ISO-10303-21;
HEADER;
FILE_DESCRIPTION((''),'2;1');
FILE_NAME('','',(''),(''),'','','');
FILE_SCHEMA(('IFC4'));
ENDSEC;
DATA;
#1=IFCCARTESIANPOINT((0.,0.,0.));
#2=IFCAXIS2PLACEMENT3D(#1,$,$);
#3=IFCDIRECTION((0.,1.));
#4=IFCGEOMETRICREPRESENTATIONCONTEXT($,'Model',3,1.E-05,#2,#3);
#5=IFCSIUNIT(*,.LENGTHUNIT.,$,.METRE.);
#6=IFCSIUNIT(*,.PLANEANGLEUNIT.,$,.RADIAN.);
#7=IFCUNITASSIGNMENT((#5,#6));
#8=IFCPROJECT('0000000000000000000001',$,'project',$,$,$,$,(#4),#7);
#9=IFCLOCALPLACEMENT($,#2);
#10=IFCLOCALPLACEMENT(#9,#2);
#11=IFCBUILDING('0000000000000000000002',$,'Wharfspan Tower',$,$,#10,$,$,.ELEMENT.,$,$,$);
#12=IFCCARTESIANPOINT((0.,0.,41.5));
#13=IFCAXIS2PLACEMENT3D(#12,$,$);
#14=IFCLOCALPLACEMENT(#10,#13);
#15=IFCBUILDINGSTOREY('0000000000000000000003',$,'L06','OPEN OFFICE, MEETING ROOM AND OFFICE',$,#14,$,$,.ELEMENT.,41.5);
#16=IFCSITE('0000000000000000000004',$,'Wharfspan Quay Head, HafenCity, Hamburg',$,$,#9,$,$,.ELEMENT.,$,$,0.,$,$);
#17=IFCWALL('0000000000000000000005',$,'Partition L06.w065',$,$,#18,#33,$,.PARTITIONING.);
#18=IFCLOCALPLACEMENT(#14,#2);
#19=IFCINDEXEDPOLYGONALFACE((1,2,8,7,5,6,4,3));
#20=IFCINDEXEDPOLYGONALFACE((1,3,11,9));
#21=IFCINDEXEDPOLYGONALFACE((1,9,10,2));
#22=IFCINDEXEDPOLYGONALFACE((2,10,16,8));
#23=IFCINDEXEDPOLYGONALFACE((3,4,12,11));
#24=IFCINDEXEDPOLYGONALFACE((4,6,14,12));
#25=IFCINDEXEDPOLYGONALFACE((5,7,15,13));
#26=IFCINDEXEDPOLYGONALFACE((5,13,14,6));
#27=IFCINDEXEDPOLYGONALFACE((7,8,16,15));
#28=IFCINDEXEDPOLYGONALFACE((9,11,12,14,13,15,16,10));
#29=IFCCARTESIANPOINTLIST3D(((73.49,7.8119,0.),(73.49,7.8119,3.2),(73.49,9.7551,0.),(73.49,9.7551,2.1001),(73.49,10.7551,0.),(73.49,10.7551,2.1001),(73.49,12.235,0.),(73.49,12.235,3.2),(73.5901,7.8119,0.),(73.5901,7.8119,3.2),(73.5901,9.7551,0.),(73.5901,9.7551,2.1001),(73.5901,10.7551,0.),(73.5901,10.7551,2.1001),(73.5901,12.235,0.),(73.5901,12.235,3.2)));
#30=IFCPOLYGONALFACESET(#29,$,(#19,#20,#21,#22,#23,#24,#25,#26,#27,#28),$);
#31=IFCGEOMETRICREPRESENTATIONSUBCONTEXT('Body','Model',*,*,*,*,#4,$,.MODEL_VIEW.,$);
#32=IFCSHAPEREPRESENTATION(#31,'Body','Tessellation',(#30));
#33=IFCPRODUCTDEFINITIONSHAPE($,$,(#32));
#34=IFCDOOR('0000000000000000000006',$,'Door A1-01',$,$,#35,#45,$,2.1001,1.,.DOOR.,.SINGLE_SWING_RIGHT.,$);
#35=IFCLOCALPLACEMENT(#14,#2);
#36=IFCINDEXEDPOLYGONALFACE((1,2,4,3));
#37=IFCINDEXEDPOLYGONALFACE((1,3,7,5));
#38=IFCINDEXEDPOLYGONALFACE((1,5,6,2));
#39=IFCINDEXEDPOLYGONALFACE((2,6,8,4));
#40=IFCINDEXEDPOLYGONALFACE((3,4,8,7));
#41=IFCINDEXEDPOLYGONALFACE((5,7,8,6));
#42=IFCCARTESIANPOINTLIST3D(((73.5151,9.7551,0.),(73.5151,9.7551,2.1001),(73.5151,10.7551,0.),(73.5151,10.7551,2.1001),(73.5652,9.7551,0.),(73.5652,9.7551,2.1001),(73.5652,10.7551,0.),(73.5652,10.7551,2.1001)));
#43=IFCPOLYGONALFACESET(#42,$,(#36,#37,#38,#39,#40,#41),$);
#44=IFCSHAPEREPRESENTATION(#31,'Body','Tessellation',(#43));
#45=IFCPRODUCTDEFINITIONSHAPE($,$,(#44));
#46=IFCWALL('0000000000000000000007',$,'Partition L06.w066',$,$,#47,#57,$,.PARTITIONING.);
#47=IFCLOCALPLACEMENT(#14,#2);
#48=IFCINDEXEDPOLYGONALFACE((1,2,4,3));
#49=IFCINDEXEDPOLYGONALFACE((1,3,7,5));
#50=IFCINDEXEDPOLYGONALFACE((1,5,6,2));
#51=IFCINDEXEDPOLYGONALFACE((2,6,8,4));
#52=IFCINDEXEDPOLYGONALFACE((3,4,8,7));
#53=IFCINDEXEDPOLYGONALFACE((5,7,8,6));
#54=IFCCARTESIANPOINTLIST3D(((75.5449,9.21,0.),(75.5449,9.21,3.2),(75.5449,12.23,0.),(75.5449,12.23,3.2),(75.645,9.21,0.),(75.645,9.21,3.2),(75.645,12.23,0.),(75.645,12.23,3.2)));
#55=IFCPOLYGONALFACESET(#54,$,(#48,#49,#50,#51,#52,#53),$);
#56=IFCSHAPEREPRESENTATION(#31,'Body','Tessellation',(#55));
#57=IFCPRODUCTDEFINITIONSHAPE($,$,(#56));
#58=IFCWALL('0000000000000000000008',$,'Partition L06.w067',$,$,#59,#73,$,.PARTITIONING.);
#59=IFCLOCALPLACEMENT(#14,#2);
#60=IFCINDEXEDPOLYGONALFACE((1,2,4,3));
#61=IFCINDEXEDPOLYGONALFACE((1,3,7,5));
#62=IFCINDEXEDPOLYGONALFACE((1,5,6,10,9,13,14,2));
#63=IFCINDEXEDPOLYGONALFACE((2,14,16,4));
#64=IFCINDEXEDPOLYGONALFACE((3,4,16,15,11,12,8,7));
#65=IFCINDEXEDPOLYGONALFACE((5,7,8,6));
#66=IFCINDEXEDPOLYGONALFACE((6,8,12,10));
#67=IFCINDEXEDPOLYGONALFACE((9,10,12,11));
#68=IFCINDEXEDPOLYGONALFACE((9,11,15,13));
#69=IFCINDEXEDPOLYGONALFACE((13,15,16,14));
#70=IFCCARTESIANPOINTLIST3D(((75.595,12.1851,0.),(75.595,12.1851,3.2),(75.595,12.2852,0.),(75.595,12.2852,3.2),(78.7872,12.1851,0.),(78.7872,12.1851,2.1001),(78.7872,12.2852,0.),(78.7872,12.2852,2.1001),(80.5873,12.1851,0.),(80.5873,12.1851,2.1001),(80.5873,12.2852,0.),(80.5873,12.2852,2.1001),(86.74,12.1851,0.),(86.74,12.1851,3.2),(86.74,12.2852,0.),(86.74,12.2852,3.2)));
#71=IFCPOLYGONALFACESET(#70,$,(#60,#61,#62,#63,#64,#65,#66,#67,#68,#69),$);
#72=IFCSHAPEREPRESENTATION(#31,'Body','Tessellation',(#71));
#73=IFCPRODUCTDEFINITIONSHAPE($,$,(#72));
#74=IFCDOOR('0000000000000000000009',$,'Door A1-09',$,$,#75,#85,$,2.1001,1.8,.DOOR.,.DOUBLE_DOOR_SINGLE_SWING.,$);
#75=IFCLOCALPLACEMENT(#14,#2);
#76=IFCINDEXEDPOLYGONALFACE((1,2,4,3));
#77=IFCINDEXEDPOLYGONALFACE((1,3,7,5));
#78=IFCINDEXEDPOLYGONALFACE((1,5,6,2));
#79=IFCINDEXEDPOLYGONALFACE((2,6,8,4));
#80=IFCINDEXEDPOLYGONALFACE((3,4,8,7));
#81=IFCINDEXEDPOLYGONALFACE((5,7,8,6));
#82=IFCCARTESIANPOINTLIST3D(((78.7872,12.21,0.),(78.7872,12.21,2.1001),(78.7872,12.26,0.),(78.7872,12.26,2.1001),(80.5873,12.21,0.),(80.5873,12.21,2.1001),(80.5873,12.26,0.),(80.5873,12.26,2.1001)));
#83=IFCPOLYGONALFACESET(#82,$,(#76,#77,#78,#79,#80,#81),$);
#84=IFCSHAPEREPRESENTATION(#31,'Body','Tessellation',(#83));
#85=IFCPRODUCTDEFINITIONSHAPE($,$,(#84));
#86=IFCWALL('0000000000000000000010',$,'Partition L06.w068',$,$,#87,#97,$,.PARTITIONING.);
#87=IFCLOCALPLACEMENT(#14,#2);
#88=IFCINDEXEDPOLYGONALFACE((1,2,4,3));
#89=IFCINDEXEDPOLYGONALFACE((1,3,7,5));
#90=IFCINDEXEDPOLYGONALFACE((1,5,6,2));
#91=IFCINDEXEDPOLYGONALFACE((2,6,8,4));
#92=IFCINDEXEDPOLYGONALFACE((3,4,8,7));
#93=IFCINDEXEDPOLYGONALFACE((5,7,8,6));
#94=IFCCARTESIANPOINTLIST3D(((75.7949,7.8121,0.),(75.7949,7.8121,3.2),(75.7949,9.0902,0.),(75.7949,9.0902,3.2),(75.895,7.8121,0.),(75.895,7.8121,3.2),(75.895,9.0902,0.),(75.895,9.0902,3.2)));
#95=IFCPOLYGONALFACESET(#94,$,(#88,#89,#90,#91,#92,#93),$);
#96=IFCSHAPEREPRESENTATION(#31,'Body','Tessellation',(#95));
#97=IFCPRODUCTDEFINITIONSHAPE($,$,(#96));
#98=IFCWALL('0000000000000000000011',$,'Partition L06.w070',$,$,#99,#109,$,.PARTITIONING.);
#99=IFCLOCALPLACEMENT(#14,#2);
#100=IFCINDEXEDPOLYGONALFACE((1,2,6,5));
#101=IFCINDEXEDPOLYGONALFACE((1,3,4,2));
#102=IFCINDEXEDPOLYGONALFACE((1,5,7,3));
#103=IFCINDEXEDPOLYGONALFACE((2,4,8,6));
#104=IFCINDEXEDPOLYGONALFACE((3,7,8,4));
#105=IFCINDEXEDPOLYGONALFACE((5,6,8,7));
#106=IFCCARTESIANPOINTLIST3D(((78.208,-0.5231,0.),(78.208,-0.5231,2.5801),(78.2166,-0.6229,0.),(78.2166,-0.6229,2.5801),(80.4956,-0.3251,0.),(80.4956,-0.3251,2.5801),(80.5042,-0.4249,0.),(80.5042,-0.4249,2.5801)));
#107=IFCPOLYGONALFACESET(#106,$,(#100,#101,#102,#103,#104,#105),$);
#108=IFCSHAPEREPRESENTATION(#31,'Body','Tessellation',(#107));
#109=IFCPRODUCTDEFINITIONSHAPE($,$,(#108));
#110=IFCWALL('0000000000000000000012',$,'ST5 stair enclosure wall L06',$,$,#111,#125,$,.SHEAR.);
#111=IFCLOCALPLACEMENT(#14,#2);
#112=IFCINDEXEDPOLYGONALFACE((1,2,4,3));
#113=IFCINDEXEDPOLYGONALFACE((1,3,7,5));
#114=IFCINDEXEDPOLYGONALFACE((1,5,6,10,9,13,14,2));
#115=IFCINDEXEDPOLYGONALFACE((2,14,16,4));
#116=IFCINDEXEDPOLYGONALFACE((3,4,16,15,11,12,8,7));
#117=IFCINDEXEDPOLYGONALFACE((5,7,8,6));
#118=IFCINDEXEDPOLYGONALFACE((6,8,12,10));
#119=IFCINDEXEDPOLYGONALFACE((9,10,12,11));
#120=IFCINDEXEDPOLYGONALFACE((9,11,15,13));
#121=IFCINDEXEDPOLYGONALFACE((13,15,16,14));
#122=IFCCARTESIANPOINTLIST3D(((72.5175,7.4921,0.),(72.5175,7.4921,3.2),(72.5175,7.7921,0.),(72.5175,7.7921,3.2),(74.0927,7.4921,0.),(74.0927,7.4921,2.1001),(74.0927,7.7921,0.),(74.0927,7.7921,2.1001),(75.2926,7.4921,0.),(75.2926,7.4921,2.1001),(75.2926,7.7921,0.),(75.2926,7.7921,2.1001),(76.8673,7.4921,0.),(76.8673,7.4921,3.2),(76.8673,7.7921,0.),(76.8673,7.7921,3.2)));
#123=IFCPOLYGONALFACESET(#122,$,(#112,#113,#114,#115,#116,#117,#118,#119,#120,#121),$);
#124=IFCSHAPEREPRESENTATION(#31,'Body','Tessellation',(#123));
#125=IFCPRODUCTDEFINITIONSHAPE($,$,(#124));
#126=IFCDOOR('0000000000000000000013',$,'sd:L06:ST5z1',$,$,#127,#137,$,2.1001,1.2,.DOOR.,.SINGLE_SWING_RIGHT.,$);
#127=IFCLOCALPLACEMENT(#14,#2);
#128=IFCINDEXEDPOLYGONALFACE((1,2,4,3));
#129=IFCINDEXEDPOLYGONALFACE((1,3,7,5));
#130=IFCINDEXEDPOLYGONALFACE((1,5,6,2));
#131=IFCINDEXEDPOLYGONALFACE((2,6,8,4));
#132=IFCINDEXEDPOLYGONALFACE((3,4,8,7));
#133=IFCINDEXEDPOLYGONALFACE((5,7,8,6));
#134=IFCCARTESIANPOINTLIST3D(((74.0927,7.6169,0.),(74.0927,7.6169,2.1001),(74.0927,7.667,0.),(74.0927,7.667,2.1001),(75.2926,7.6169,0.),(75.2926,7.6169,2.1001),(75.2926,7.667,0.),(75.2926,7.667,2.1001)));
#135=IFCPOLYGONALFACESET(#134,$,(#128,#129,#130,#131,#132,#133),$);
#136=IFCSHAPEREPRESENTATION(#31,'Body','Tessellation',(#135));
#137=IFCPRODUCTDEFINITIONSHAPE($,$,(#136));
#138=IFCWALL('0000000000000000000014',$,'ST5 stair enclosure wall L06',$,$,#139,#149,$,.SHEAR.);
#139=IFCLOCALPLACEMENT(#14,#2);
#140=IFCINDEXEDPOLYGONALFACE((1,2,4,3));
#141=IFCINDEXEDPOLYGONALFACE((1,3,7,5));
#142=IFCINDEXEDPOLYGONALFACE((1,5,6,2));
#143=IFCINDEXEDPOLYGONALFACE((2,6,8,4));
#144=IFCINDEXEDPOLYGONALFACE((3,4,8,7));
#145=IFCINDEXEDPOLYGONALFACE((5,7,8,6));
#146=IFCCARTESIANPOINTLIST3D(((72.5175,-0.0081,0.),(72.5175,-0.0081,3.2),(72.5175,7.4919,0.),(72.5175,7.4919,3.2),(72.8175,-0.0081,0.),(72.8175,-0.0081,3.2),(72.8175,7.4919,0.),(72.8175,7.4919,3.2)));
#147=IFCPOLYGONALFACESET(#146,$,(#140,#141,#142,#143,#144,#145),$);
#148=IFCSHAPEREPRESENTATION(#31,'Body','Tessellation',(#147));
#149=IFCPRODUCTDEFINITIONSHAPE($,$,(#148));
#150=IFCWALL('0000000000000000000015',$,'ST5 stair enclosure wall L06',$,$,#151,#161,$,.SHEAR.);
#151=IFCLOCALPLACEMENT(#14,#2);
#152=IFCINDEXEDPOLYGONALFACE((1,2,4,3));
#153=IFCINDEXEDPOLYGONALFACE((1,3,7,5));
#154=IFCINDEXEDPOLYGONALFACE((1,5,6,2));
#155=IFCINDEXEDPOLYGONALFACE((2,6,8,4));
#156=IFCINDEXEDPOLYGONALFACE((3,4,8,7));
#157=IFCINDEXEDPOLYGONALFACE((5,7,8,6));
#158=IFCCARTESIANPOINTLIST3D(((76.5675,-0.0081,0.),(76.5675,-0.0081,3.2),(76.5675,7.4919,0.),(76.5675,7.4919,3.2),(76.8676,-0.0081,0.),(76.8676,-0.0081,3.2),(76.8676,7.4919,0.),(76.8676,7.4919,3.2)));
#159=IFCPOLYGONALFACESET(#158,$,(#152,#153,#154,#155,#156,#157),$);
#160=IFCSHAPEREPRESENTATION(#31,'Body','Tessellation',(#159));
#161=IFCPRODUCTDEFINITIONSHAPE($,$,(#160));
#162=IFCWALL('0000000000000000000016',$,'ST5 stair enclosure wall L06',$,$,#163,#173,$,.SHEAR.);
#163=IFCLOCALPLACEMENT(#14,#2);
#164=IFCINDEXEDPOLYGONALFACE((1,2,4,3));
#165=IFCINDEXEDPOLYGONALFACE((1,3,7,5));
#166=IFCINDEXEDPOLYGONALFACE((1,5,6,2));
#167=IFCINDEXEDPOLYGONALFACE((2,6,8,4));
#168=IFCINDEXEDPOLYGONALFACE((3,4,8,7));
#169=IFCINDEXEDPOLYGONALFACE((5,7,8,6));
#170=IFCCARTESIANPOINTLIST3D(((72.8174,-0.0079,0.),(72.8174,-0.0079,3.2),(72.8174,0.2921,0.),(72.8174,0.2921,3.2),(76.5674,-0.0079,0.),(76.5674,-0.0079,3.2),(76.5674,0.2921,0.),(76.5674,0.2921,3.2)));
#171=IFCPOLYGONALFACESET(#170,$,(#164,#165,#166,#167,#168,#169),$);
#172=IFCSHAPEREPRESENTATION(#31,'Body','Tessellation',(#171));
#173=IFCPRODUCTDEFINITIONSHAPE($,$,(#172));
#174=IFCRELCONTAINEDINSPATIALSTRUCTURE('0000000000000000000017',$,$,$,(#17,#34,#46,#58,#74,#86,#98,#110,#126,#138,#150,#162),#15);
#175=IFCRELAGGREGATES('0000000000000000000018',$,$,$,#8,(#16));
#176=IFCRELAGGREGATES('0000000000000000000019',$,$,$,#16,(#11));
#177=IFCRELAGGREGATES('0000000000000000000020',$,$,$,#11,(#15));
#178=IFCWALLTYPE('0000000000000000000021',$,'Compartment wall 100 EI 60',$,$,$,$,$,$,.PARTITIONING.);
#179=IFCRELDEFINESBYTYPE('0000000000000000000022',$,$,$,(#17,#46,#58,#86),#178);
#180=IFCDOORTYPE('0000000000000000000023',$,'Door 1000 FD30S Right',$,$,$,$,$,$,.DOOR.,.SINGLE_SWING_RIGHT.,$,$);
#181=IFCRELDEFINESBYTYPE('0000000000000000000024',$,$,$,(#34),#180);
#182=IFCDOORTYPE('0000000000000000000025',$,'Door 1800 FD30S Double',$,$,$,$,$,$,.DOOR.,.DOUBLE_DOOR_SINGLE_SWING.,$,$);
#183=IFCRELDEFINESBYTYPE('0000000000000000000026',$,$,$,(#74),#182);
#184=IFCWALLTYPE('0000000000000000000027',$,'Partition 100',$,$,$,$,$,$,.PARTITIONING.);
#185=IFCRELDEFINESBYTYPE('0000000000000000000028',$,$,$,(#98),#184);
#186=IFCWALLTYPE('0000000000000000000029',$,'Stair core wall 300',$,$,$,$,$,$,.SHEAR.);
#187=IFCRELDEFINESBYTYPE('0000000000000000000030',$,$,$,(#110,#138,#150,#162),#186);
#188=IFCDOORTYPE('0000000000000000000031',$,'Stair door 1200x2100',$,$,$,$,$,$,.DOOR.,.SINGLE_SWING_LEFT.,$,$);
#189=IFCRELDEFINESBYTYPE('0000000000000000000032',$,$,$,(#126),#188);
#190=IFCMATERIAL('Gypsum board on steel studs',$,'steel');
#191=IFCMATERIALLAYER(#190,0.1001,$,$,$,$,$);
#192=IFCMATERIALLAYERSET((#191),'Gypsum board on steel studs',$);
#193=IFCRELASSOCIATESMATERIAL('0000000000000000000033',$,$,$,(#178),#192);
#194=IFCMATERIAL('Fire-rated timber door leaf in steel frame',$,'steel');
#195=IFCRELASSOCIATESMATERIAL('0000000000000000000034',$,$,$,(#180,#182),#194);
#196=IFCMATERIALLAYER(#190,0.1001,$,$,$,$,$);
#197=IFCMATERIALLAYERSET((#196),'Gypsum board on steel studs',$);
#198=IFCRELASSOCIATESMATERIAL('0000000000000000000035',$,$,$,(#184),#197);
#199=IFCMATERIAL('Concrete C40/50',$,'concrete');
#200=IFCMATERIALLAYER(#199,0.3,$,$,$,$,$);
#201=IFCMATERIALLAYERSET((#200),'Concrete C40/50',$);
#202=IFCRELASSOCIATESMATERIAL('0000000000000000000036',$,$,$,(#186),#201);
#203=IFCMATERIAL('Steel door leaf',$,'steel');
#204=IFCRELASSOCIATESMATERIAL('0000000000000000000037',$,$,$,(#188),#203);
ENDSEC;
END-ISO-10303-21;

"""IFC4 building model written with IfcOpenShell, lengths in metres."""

from ifc_helpers import new_model, si_unit, direction, frame, frame_2d, origin, place, context, subcontext, project, spatial, rectangle, extrude, material, layer, layer_set, type_object, element, fill, save


model = new_model("IFC4")

# Units and contexts
model_context = context("Model", 3, precision=1e-05, world=origin(), true_north=direction((0.0, 1.0)))
body_context = subcontext(model_context, "Body", "Model", "MODEL_VIEW")
ifc_project = project(units=[si_unit("LENGTHUNIT", "METRE"), si_unit("PLANEANGLEUNIT", "RADIAN")], contexts=[model_context])

# Site, building, storey
site_placement = place(None, origin())
site = spatial("IfcSite", under=ifc_project, at=site_placement, Name="Wharfspan Quay Head, HafenCity, Hamburg", CompositionType="ELEMENT", RefElevation=0.0)
building_placement = place(site_placement, origin())
building = spatial("IfcBuilding", under=site, at=building_placement, Name="Wharfspan Tower", CompositionType="ELEMENT")
storey_placement = place(building_placement, frame((0.0, 0.0, 41.5)))
storey = spatial("IfcBuildingStorey", under=building, at=storey_placement, Name="L06", Description="OPEN OFFICE, MEETING ROOM AND OFFICE", CompositionType="ELEMENT", Elevation=41.5)

# Wall, opening, door
ifc_material_1 = material(Name="Gypsum board on steel studs", Category="steel")
ifc_layer_1 = layer(ifc_material_1, 0.1001)
ifc_layer_set_1 = layer_set([ifc_layer_1], Name="Gypsum board on steel studs")
wall_type_1 = type_object("IfcWallType", Name="Compartment wall 100 EI 60", PredefinedType="PARTITIONING", material=ifc_layer_set_1)
wall_1_placement = place(storey_placement, frame((73.54, 7.812, 0.0), z_axis=(0.0, 0.0, 1.0), x_axis=(0.0, 1.0, 0.0)))
wall_1 = element("IfcWall", 1, at=wall_1_placement, inside=storey, type_object=wall_type_1, Name="Partition L06.w065", PredefinedType="PARTITIONING", context=body_context, shape_type="SweptSolid", body=[
    extrude(rectangle(XDim=4.4231, YDim=0.1001, at=frame_2d((2.2114, 0.0))), origin(), (0.0, 0.0, 1.0), 3.2),
])
opening_1_placement = place(wall_1_placement, frame((1.9431, 0.0, 0.0)))
opening_1 = element("IfcOpeningElement", 2, at=opening_1_placement, cuts=wall_1, PredefinedType="OPENING", context=body_context, shape_type="SweptSolid", body=[
    extrude(rectangle(XDim=1.0, YDim=2.1001, at=frame_2d((0.5, 1.05))), frame((0.0, 0.0601, 0.0), z_axis=(0.0, -1.0, 0.0), x_axis=(1.0, 0.0, 0.0)), (0.0, 0.0, 1.0), 0.1201),
])
ifc_material_2 = material(Name="Fire-rated timber door leaf in steel frame", Category="steel")
door_type_1 = type_object("IfcDoorType", Name="Door 1000 FD30S Right", OperationType="SINGLE_SWING_RIGHT", PredefinedType="DOOR", material=ifc_material_2)
door_1_placement = place(opening_1_placement, origin())
door_1 = element("IfcDoor", 3, at=door_1_placement, inside=storey, type_object=door_type_1, Name="Door A1-01", OperationType="SINGLE_SWING_RIGHT", OverallHeight=2.1001, OverallWidth=1.0, PredefinedType="DOOR", context=body_context, shape_type="SweptSolid", body=[
    extrude(rectangle(XDim=1.0, YDim=2.1001, at=frame_2d((0.5, 1.05))), frame((0.0, 0.0249, 0.0), z_axis=(0.0, -1.0, 0.0), x_axis=(1.0, 0.0, 0.0)), (0.0, 0.0, 1.0), 0.05),
])
fill(opening_1, door_1)

# Wall
wall_2_placement = place(storey_placement, frame((75.595, 9.21, 0.0), z_axis=(0.0, 0.0, 1.0), x_axis=(0.0, 1.0, 0.0)))
element("IfcWall", 4, at=wall_2_placement, inside=storey, type_object=wall_type_1, Name="Partition L06.w066", PredefinedType="PARTITIONING", context=body_context, shape_type="SweptSolid", body=[
    extrude(rectangle(XDim=3.02, YDim=0.1001, at=frame_2d((1.51, 0.0))), origin(), (0.0, 0.0, 1.0), 3.2),
])

# Wall, opening, door
wall_3_placement = place(storey_placement, frame((75.595, 12.2351, 0.0), z_axis=(0.0, 0.0, 1.0), x_axis=(1.0, 0.0, 0.0)))
wall_3 = element("IfcWall", 5, at=wall_3_placement, inside=storey, type_object=wall_type_1, Name="Partition L06.w067", PredefinedType="PARTITIONING", context=body_context, shape_type="SweptSolid", body=[
    extrude(rectangle(XDim=11.145, YDim=0.1001, at=frame_2d((5.5725, 0.0))), origin(), (0.0, 0.0, 1.0), 3.2),
])
opening_2_placement = place(wall_3_placement, frame((3.1924, 0.0, 0.0)))
opening_2 = element("IfcOpeningElement", 6, at=opening_2_placement, cuts=wall_3, PredefinedType="OPENING", context=body_context, shape_type="SweptSolid", body=[
    extrude(rectangle(XDim=1.8, YDim=2.1001, at=frame_2d((0.8999, 1.05))), frame((0.0, 0.0601, 0.0), z_axis=(0.0, -1.0, 0.0), x_axis=(1.0, 0.0, 0.0)), (0.0, 0.0, 1.0), 0.1201),
])
door_type_2 = type_object("IfcDoorType", Name="Door 1800 FD30S Double", OperationType="DOUBLE_DOOR_SINGLE_SWING", PredefinedType="DOOR", material=ifc_material_2)
door_2_placement = place(opening_2_placement, origin())
door_2 = element("IfcDoor", 7, at=door_2_placement, inside=storey, type_object=door_type_2, Name="Door A1-09", OperationType="DOUBLE_DOOR_SINGLE_SWING", OverallHeight=2.1001, OverallWidth=1.8, PredefinedType="DOOR", context=body_context, shape_type="SweptSolid", body=[
    extrude(rectangle(XDim=1.8, YDim=2.1001, at=frame_2d((0.8999, 1.05))), frame((0.0, 0.0249, 0.0), z_axis=(0.0, -1.0, 0.0), x_axis=(1.0, 0.0, 0.0)), (0.0, 0.0, 1.0), 0.05),
])
fill(opening_2, door_2)

# Walls
wall_4_placement = place(storey_placement, frame((75.845, 7.812, 0.0), z_axis=(0.0, 0.0, 1.0), x_axis=(0.0, 1.0, 0.0)))
element("IfcWall", 8, at=wall_4_placement, inside=storey, type_object=wall_type_1, Name="Partition L06.w068", PredefinedType="PARTITIONING", context=body_context, shape_type="SweptSolid", body=[
    extrude(rectangle(XDim=1.2781, YDim=0.1001, at=frame_2d((0.6392, 0.0))), origin(), (0.0, 0.0, 1.0), 3.2),
])
ifc_layer_2 = layer(ifc_material_1, 0.1001)
ifc_layer_set_2 = layer_set([ifc_layer_2], Name="Gypsum board on steel studs")
wall_type_2 = type_object("IfcWallType", Name="Partition 100", PredefinedType="PARTITIONING", material=ifc_layer_set_2)
wall_5_placement = place(storey_placement, frame((78.2124, -0.573, 0.0), z_axis=(0.0, 0.0, 1.0), x_axis=(0.996271, 0.08623, 0.0)))
element("IfcWall", 9, at=wall_5_placement, inside=storey, type_object=wall_type_2, Name="Partition L06.w070", PredefinedType="PARTITIONING", context=body_context, shape_type="SweptSolid", body=[
    extrude(rectangle(XDim=2.2961, YDim=0.1001, at=frame_2d((1.1479, 0.0))), origin(), (0.0, 0.0, 1.0), 2.5801),
])

# Wall, opening, door
ifc_material_3 = material(Name="Concrete C40/50", Category="concrete")
ifc_layer_3 = layer(ifc_material_3, 0.3)
ifc_layer_set_3 = layer_set([ifc_layer_3], Name="Concrete C40/50")
wall_type_3 = type_object("IfcWallType", Name="Stair core wall 300", PredefinedType="SHEAR", material=ifc_layer_set_3)
wall_6_placement = place(storey_placement, frame((72.5176, 7.6421, 0.0), z_axis=(0.0, 0.0, 1.0), x_axis=(1.0, 0.0, 0.0)))
wall_6 = element("IfcWall", 10, at=wall_6_placement, inside=storey, type_object=wall_type_3, Name="ST5 stair enclosure wall L06", PredefinedType="SHEAR", context=body_context, shape_type="SweptSolid", body=[
    extrude(rectangle(XDim=4.3499, YDim=0.3, at=frame_2d((2.1748, 0.0))), origin(), (0.0, 0.0, 1.0), 3.2),
])
opening_3_placement = place(wall_6_placement, frame((1.575, 0.0, 0.0)))
opening_3 = element("IfcOpeningElement", 11, at=opening_3_placement, cuts=wall_6, PredefinedType="OPENING", context=body_context, shape_type="SweptSolid", body=[
    extrude(rectangle(XDim=1.2, YDim=2.1001, at=frame_2d((0.6001, 1.05))), frame((0.0, 0.1599, 0.0), z_axis=(0.0, -1.0, 0.0), x_axis=(1.0, 0.0, 0.0)), (0.0, 0.0, 1.0), 0.3201),
])
ifc_material_4 = material(Name="Steel door leaf", Category="steel")
door_type_3 = type_object("IfcDoorType", Name="Stair door 1200x2100", OperationType="SINGLE_SWING_LEFT", PredefinedType="DOOR", material=ifc_material_4)
door_3_placement = place(opening_3_placement, origin())
door_3 = element("IfcDoor", 12, at=door_3_placement, inside=storey, type_object=door_type_3, Name="sd:L06:ST5z1", OperationType="SINGLE_SWING_RIGHT", OverallHeight=2.1001, OverallWidth=1.2, PredefinedType="DOOR", context=body_context, shape_type="SweptSolid", body=[
    extrude(rectangle(XDim=1.2, YDim=2.1001, at=frame_2d((0.6001, 1.05))), frame((0.0, 0.0249, 0.0), z_axis=(0.0, -1.0, 0.0), x_axis=(1.0, 0.0, 0.0)), (0.0, 0.0, 1.0), 0.05),
])
fill(opening_3, door_3)

# Walls
for number, where, z_axis, x_axis, name in (
    (13, (72.6675, -0.0081, 0.0), (0.0, 0.0, 1.0), (0.0, 1.0, 0.0), "ST5 stair enclosure wall L06"),
    (14, (76.7175, -0.0081, 0.0), (0.0, 0.0, 1.0), (0.0, 1.0, 0.0), "ST5 stair enclosure wall L06"),
):
    element("IfcWall", number, at=place(storey_placement, frame(where, z_axis=z_axis, x_axis=x_axis)), inside=storey, type_object=wall_type_3, Name=name, PredefinedType="SHEAR", context=body_context, shape_type="SweptSolid", body=[
        extrude(rectangle(XDim=7.5, YDim=0.3, at=frame_2d((3.75, 0.0))), origin(), (0.0, 0.0, 1.0), 3.2),
    ])
wall_7_placement = place(storey_placement, frame((72.8174, 0.1421, 0.0), z_axis=(0.0, 0.0, 1.0), x_axis=(1.0, 0.0, 0.0)))
element("IfcWall", 15, at=wall_7_placement, inside=storey, type_object=wall_type_3, Name="ST5 stair enclosure wall L06", PredefinedType="SHEAR", context=body_context, shape_type="SweptSolid", body=[
    extrude(rectangle(XDim=3.75, YDim=0.3, at=frame_2d((1.875, 0.0))), origin(), (0.0, 0.0, 1.0), 3.2),
])

save(model, "model.ifc")
